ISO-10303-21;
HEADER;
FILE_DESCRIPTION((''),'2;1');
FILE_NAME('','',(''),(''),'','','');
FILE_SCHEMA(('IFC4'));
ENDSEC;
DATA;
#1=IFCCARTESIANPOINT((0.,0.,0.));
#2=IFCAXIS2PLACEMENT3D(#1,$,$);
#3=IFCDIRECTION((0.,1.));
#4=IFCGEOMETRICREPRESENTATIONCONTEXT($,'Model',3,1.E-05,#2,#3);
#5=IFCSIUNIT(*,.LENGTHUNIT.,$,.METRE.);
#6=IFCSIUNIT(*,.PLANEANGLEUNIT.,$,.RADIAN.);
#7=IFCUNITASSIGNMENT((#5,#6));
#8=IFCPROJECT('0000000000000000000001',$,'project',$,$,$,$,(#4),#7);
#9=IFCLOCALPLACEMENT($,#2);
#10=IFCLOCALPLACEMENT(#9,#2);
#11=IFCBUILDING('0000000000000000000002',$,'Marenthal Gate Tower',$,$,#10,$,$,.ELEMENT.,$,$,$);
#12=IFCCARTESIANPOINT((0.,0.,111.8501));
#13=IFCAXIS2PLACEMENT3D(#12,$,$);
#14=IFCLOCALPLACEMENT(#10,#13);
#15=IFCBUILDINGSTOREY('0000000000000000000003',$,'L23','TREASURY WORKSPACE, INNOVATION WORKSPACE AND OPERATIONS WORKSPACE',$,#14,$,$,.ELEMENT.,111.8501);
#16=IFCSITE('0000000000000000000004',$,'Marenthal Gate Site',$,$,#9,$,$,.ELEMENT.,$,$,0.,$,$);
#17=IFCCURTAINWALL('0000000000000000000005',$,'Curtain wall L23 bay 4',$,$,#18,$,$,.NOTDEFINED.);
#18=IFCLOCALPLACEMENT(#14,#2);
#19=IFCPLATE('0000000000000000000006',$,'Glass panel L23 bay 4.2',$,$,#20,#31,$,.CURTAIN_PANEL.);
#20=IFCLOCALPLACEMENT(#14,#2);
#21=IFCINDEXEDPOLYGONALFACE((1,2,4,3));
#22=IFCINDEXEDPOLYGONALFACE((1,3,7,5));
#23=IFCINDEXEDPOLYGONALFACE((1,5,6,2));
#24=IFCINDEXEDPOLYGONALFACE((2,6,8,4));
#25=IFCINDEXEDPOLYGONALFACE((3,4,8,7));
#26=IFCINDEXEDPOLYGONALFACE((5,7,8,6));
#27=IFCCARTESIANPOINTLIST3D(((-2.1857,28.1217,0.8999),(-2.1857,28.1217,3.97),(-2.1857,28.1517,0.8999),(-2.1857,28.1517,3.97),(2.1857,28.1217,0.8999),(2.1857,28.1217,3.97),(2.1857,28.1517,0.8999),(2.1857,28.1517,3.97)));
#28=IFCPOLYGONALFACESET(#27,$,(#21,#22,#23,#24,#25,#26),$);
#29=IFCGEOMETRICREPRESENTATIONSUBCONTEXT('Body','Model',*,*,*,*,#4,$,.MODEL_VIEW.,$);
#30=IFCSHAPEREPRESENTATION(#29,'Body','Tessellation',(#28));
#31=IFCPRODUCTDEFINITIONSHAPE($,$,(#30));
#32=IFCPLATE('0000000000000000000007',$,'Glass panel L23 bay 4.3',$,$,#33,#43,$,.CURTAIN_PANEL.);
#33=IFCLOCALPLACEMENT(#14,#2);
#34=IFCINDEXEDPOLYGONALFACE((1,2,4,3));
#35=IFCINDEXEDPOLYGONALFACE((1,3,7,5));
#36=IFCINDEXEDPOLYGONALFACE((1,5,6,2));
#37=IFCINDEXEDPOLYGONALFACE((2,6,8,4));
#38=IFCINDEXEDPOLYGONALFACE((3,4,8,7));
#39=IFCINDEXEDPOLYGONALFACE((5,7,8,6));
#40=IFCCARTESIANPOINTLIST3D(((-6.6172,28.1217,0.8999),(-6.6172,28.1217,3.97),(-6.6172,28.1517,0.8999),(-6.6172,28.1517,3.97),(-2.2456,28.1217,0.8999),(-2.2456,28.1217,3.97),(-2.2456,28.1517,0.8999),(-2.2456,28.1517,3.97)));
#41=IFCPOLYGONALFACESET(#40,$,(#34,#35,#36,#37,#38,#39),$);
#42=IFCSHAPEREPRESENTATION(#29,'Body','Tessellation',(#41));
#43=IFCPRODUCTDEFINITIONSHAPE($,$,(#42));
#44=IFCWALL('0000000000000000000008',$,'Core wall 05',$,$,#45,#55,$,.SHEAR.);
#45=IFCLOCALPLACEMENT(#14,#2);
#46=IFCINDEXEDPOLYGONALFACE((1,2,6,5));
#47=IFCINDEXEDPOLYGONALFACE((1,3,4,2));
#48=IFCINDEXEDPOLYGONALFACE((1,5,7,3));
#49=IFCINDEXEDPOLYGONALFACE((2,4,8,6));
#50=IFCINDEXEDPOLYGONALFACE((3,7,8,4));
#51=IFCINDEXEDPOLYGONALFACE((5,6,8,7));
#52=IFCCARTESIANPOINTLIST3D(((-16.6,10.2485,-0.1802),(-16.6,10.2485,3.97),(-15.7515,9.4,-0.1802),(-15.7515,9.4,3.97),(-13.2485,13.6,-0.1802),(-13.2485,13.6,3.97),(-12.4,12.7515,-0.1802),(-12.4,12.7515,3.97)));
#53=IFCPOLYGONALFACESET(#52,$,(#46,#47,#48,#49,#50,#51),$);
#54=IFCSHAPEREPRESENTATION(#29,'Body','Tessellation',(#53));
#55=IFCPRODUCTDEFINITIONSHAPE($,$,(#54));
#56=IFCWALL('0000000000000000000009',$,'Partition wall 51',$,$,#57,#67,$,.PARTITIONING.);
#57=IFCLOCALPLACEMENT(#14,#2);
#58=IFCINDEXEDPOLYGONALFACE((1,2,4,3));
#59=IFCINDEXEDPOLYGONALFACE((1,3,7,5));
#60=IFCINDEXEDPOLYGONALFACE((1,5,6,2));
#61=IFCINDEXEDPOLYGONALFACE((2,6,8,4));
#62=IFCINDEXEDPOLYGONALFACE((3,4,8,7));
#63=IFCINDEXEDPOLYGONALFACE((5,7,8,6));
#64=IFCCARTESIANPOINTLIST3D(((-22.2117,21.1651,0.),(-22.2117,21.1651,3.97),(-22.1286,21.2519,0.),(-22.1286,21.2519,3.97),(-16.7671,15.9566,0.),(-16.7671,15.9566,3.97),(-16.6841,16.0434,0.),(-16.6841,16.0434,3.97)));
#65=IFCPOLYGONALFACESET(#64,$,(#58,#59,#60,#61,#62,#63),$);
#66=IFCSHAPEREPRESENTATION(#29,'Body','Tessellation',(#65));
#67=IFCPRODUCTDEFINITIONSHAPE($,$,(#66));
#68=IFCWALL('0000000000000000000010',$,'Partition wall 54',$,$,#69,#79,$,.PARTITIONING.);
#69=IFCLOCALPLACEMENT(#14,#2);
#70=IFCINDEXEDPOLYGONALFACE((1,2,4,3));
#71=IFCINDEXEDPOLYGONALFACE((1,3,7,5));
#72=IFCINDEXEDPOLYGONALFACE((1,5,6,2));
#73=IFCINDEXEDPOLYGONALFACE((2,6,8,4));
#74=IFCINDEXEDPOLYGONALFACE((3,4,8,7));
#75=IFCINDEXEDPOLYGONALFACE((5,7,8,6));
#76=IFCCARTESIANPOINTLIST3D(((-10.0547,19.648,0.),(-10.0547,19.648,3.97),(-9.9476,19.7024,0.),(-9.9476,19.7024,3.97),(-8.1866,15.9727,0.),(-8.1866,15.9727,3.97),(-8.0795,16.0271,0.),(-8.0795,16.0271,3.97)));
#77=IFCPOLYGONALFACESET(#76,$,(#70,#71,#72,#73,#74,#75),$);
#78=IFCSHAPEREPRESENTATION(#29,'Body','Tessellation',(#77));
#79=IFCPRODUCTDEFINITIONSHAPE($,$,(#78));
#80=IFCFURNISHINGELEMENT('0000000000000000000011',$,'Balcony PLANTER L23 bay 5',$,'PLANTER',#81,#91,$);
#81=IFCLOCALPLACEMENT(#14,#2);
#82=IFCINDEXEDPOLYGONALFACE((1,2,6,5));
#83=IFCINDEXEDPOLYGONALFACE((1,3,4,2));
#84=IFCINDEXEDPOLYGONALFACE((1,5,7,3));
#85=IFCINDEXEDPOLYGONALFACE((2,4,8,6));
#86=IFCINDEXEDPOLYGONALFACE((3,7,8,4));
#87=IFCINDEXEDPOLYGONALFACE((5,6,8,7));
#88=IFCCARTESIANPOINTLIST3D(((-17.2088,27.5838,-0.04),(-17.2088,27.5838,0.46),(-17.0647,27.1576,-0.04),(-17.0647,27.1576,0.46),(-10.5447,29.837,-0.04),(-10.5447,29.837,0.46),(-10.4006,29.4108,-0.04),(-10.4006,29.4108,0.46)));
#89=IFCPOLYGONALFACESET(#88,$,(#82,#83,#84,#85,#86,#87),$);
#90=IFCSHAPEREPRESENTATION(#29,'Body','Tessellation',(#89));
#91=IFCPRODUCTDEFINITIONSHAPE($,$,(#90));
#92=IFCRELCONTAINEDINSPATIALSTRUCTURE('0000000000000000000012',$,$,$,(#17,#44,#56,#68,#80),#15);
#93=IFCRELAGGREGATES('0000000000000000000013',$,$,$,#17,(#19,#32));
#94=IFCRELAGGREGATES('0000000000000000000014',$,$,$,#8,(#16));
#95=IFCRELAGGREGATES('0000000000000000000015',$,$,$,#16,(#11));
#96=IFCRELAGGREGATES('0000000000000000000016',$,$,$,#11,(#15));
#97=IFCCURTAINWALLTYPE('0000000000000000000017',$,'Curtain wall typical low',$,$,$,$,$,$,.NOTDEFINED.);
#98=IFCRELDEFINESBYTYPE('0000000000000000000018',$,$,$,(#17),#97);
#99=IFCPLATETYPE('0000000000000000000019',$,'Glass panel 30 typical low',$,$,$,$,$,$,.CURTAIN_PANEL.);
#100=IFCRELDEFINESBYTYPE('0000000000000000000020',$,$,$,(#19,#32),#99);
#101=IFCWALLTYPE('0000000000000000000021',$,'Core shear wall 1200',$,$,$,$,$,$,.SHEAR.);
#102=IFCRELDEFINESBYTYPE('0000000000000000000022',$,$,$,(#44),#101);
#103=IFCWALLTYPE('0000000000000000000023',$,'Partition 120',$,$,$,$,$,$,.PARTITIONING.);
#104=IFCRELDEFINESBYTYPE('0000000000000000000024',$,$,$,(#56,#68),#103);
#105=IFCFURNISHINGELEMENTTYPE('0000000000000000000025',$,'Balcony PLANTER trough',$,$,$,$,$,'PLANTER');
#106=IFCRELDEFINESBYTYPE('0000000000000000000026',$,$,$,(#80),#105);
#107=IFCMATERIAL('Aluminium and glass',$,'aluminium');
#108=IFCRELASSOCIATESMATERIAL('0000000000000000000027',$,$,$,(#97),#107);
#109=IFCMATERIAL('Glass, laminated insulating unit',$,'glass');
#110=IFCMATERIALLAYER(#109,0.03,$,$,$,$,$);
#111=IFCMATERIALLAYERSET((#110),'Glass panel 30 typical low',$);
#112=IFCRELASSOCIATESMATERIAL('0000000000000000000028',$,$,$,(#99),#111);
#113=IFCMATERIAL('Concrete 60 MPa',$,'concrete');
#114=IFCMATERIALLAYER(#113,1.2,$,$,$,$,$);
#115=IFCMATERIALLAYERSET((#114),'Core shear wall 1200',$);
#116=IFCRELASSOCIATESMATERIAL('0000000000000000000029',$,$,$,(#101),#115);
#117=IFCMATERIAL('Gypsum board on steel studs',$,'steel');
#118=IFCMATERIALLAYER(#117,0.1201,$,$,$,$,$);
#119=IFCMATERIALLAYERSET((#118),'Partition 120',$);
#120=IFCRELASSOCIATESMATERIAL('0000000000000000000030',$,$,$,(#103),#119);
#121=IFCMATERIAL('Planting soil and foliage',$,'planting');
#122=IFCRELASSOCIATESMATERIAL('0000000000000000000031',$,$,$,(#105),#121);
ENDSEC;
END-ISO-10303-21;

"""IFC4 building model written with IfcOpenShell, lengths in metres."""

from ifc_helpers import new_model, si_unit, direction, frame, frame_2d, origin, origin_2d, place, context, subcontext, project, spatial, rectangle, extrude, material, layer, layer_set, type_object, element, aggregate, save


model = new_model("IFC4")

# Units and contexts
model_context = context("Model", 3, precision=1e-05, world=origin(), true_north=direction((0.0, 1.0)))
body_context = subcontext(model_context, "Body", "Model", "MODEL_VIEW")
ifc_project = project(units=[si_unit("LENGTHUNIT", "METRE"), si_unit("PLANEANGLEUNIT", "RADIAN")], contexts=[model_context])

# Site, building, storey
site_placement = place(None, origin())
site = spatial("IfcSite", under=ifc_project, at=site_placement, Name="Marenthal Gate Site", CompositionType="ELEMENT", RefElevation=0.0)
building_placement = place(site_placement, origin())
building = spatial("IfcBuilding", under=site, at=building_placement, Name="Marenthal Gate Tower", CompositionType="ELEMENT")
storey_placement = place(building_placement, frame((0.0, 0.0, 111.8501)))
storey = spatial("IfcBuildingStorey", under=building, at=storey_placement, Name="L23", Description="TREASURY WORKSPACE, INNOVATION WORKSPACE AND OPERATIONS WORKSPACE", CompositionType="ELEMENT", Elevation=111.8501)

# Curtain wall
ifc_material_1 = material(Name="Aluminium and glass", Category="aluminium")
curtain_wall_type = type_object("IfcCurtainWallType", Name="Curtain wall typical low", PredefinedType="NOTDEFINED", material=ifc_material_1)
curtain_wall_placement = place(storey_placement, origin())
curtain_wall = element("IfcCurtainWall", 1, at=curtain_wall_placement, inside=storey, type_object=curtain_wall_type, Name="Curtain wall L23 bay 4", PredefinedType="NOTDEFINED")

# Plates
ifc_material_2 = material(Name="Glass, laminated insulating unit", Category="glass")
ifc_layer_1 = layer(ifc_material_2, 0.03)
ifc_layer_set_1 = layer_set([ifc_layer_1], Name="Glass panel 30 typical low")
plate_type = type_object("IfcPlateType", Name="Glass panel 30 typical low", PredefinedType="CURTAIN_PANEL", material=ifc_layer_set_1)
plate_1_placement = place(storey_placement, frame((0.0, 28.1367, 0.8999), z_axis=(0.0, 0.0, 1.0), x_axis=(-1.0, 0.0, 0.0)))
plate_1 = element("IfcPlate", 2, at=plate_1_placement, type_object=plate_type, Name="Glass panel L23 bay 4.2", PredefinedType="CURTAIN_PANEL", context=body_context, shape_type="SweptSolid", body=[
    extrude(rectangle(XDim=4.3713, YDim=0.03, at=origin_2d()), origin(), (0.0, 0.0, 1.0), 3.0701),
])
plate_2_placement = place(storey_placement, frame((-4.4314, 28.1367, 0.8999), z_axis=(0.0, 0.0, 1.0), x_axis=(-1.0, 0.0, 0.0)))
plate_2 = element("IfcPlate", 3, at=plate_2_placement, type_object=plate_type, Name="Glass panel L23 bay 4.3", PredefinedType="CURTAIN_PANEL", context=body_context, shape_type="SweptSolid", body=[
    extrude(rectangle(XDim=4.3716, YDim=0.03, at=origin_2d()), origin(), (0.0, 0.0, 1.0), 3.0701),
])
aggregate(curtain_wall, [plate_1, plate_2])

# Walls
ifc_material_3 = material(Name="Concrete 60 MPa", Category="concrete")
ifc_layer_2 = layer(ifc_material_3, 1.2)
ifc_layer_set_2 = layer_set([ifc_layer_2], Name="Core shear wall 1200")
wall_type_1 = type_object("IfcWallType", Name="Core shear wall 1200", PredefinedType="SHEAR", material=ifc_layer_set_2)
wall_1_placement = place(storey_placement, frame((-12.8242, 13.1758, -0.1802), z_axis=(0.0, 0.0, 1.0), x_axis=(-0.707107, -0.707107, 0.0)))
element("IfcWall", 4, at=wall_1_placement, inside=storey, type_object=wall_type_1, Name="Core wall 05", PredefinedType="SHEAR", context=body_context, shape_type="SweptSolid", body=[
    extrude(rectangle(XDim=4.7397, YDim=1.2, at=frame_2d((2.3699, 0.0))), origin(), (0.0, 0.0, 1.0), 4.1501),
])
ifc_material_4 = material(Name="Gypsum board on steel studs", Category="steel")
ifc_layer_3 = layer(ifc_material_4, 0.1201)
ifc_layer_set_3 = layer_set([ifc_layer_3], Name="Partition 120")
wall_type_2 = type_object("IfcWallType", Name="Partition 120", PredefinedType="PARTITIONING", material=ifc_layer_set_3)
wall_2_placement = place(storey_placement, frame((-16.7256, 16.0, 0.0), z_axis=(0.0, 0.0, 1.0), x_axis=(-0.7226, 0.691267, 0.0)))
element("IfcWall", 5, at=wall_2_placement, inside=storey, type_object=wall_type_2, Name="Partition wall 51", PredefinedType="PARTITIONING", context=body_context, shape_type="SweptSolid", body=[
    extrude(rectangle(XDim=7.5347, YDim=0.1201, at=frame_2d((3.7673, 0.0))), origin(), (0.0, 0.0, 1.0), 3.97),
])
wall_3_placement = place(storey_placement, frame((-10.0012, 19.6753, 0.0), z_axis=(0.0, 0.0, 1.0), x_axis=(0.453125, -0.891447, 0.0)))
element("IfcWall", 6, at=wall_3_placement, inside=storey, type_object=wall_type_2, Name="Partition wall 54", PredefinedType="PARTITIONING", context=body_context, shape_type="SweptSolid", body=[
    extrude(rectangle(XDim=4.1228, YDim=0.1201, at=frame_2d((2.0615, 0.0))), origin(), (0.0, 0.0, 1.0), 3.97),
])

# Furnishing element
ifc_material_5 = material(Name="Planting soil and foliage", Category="planting")
furnishing_element_type = type_object("IfcFurnishingElementType", Name="Balcony PLANTER trough", ElementType="PLANTER", material=ifc_material_5)
furnishing_placement = place(storey_placement, frame((-13.8047, 28.4973, -0.04), z_axis=(0.0, 0.0, 1.0), x_axis=(-0.947316, -0.3203, 0.0)))
element("IfcFurnishingElement", 7, at=furnishing_placement, inside=storey, type_object=furnishing_element_type, Name="Balcony PLANTER L23 bay 5", ObjectType="PLANTER", context=body_context, shape_type="SweptSolid", body=[
    extrude(rectangle(XDim=7.0347, YDim=0.45, at=origin_2d()), origin(), (0.0, 0.0, 1.0), 0.5),
])

save(model, "model.ifc")
